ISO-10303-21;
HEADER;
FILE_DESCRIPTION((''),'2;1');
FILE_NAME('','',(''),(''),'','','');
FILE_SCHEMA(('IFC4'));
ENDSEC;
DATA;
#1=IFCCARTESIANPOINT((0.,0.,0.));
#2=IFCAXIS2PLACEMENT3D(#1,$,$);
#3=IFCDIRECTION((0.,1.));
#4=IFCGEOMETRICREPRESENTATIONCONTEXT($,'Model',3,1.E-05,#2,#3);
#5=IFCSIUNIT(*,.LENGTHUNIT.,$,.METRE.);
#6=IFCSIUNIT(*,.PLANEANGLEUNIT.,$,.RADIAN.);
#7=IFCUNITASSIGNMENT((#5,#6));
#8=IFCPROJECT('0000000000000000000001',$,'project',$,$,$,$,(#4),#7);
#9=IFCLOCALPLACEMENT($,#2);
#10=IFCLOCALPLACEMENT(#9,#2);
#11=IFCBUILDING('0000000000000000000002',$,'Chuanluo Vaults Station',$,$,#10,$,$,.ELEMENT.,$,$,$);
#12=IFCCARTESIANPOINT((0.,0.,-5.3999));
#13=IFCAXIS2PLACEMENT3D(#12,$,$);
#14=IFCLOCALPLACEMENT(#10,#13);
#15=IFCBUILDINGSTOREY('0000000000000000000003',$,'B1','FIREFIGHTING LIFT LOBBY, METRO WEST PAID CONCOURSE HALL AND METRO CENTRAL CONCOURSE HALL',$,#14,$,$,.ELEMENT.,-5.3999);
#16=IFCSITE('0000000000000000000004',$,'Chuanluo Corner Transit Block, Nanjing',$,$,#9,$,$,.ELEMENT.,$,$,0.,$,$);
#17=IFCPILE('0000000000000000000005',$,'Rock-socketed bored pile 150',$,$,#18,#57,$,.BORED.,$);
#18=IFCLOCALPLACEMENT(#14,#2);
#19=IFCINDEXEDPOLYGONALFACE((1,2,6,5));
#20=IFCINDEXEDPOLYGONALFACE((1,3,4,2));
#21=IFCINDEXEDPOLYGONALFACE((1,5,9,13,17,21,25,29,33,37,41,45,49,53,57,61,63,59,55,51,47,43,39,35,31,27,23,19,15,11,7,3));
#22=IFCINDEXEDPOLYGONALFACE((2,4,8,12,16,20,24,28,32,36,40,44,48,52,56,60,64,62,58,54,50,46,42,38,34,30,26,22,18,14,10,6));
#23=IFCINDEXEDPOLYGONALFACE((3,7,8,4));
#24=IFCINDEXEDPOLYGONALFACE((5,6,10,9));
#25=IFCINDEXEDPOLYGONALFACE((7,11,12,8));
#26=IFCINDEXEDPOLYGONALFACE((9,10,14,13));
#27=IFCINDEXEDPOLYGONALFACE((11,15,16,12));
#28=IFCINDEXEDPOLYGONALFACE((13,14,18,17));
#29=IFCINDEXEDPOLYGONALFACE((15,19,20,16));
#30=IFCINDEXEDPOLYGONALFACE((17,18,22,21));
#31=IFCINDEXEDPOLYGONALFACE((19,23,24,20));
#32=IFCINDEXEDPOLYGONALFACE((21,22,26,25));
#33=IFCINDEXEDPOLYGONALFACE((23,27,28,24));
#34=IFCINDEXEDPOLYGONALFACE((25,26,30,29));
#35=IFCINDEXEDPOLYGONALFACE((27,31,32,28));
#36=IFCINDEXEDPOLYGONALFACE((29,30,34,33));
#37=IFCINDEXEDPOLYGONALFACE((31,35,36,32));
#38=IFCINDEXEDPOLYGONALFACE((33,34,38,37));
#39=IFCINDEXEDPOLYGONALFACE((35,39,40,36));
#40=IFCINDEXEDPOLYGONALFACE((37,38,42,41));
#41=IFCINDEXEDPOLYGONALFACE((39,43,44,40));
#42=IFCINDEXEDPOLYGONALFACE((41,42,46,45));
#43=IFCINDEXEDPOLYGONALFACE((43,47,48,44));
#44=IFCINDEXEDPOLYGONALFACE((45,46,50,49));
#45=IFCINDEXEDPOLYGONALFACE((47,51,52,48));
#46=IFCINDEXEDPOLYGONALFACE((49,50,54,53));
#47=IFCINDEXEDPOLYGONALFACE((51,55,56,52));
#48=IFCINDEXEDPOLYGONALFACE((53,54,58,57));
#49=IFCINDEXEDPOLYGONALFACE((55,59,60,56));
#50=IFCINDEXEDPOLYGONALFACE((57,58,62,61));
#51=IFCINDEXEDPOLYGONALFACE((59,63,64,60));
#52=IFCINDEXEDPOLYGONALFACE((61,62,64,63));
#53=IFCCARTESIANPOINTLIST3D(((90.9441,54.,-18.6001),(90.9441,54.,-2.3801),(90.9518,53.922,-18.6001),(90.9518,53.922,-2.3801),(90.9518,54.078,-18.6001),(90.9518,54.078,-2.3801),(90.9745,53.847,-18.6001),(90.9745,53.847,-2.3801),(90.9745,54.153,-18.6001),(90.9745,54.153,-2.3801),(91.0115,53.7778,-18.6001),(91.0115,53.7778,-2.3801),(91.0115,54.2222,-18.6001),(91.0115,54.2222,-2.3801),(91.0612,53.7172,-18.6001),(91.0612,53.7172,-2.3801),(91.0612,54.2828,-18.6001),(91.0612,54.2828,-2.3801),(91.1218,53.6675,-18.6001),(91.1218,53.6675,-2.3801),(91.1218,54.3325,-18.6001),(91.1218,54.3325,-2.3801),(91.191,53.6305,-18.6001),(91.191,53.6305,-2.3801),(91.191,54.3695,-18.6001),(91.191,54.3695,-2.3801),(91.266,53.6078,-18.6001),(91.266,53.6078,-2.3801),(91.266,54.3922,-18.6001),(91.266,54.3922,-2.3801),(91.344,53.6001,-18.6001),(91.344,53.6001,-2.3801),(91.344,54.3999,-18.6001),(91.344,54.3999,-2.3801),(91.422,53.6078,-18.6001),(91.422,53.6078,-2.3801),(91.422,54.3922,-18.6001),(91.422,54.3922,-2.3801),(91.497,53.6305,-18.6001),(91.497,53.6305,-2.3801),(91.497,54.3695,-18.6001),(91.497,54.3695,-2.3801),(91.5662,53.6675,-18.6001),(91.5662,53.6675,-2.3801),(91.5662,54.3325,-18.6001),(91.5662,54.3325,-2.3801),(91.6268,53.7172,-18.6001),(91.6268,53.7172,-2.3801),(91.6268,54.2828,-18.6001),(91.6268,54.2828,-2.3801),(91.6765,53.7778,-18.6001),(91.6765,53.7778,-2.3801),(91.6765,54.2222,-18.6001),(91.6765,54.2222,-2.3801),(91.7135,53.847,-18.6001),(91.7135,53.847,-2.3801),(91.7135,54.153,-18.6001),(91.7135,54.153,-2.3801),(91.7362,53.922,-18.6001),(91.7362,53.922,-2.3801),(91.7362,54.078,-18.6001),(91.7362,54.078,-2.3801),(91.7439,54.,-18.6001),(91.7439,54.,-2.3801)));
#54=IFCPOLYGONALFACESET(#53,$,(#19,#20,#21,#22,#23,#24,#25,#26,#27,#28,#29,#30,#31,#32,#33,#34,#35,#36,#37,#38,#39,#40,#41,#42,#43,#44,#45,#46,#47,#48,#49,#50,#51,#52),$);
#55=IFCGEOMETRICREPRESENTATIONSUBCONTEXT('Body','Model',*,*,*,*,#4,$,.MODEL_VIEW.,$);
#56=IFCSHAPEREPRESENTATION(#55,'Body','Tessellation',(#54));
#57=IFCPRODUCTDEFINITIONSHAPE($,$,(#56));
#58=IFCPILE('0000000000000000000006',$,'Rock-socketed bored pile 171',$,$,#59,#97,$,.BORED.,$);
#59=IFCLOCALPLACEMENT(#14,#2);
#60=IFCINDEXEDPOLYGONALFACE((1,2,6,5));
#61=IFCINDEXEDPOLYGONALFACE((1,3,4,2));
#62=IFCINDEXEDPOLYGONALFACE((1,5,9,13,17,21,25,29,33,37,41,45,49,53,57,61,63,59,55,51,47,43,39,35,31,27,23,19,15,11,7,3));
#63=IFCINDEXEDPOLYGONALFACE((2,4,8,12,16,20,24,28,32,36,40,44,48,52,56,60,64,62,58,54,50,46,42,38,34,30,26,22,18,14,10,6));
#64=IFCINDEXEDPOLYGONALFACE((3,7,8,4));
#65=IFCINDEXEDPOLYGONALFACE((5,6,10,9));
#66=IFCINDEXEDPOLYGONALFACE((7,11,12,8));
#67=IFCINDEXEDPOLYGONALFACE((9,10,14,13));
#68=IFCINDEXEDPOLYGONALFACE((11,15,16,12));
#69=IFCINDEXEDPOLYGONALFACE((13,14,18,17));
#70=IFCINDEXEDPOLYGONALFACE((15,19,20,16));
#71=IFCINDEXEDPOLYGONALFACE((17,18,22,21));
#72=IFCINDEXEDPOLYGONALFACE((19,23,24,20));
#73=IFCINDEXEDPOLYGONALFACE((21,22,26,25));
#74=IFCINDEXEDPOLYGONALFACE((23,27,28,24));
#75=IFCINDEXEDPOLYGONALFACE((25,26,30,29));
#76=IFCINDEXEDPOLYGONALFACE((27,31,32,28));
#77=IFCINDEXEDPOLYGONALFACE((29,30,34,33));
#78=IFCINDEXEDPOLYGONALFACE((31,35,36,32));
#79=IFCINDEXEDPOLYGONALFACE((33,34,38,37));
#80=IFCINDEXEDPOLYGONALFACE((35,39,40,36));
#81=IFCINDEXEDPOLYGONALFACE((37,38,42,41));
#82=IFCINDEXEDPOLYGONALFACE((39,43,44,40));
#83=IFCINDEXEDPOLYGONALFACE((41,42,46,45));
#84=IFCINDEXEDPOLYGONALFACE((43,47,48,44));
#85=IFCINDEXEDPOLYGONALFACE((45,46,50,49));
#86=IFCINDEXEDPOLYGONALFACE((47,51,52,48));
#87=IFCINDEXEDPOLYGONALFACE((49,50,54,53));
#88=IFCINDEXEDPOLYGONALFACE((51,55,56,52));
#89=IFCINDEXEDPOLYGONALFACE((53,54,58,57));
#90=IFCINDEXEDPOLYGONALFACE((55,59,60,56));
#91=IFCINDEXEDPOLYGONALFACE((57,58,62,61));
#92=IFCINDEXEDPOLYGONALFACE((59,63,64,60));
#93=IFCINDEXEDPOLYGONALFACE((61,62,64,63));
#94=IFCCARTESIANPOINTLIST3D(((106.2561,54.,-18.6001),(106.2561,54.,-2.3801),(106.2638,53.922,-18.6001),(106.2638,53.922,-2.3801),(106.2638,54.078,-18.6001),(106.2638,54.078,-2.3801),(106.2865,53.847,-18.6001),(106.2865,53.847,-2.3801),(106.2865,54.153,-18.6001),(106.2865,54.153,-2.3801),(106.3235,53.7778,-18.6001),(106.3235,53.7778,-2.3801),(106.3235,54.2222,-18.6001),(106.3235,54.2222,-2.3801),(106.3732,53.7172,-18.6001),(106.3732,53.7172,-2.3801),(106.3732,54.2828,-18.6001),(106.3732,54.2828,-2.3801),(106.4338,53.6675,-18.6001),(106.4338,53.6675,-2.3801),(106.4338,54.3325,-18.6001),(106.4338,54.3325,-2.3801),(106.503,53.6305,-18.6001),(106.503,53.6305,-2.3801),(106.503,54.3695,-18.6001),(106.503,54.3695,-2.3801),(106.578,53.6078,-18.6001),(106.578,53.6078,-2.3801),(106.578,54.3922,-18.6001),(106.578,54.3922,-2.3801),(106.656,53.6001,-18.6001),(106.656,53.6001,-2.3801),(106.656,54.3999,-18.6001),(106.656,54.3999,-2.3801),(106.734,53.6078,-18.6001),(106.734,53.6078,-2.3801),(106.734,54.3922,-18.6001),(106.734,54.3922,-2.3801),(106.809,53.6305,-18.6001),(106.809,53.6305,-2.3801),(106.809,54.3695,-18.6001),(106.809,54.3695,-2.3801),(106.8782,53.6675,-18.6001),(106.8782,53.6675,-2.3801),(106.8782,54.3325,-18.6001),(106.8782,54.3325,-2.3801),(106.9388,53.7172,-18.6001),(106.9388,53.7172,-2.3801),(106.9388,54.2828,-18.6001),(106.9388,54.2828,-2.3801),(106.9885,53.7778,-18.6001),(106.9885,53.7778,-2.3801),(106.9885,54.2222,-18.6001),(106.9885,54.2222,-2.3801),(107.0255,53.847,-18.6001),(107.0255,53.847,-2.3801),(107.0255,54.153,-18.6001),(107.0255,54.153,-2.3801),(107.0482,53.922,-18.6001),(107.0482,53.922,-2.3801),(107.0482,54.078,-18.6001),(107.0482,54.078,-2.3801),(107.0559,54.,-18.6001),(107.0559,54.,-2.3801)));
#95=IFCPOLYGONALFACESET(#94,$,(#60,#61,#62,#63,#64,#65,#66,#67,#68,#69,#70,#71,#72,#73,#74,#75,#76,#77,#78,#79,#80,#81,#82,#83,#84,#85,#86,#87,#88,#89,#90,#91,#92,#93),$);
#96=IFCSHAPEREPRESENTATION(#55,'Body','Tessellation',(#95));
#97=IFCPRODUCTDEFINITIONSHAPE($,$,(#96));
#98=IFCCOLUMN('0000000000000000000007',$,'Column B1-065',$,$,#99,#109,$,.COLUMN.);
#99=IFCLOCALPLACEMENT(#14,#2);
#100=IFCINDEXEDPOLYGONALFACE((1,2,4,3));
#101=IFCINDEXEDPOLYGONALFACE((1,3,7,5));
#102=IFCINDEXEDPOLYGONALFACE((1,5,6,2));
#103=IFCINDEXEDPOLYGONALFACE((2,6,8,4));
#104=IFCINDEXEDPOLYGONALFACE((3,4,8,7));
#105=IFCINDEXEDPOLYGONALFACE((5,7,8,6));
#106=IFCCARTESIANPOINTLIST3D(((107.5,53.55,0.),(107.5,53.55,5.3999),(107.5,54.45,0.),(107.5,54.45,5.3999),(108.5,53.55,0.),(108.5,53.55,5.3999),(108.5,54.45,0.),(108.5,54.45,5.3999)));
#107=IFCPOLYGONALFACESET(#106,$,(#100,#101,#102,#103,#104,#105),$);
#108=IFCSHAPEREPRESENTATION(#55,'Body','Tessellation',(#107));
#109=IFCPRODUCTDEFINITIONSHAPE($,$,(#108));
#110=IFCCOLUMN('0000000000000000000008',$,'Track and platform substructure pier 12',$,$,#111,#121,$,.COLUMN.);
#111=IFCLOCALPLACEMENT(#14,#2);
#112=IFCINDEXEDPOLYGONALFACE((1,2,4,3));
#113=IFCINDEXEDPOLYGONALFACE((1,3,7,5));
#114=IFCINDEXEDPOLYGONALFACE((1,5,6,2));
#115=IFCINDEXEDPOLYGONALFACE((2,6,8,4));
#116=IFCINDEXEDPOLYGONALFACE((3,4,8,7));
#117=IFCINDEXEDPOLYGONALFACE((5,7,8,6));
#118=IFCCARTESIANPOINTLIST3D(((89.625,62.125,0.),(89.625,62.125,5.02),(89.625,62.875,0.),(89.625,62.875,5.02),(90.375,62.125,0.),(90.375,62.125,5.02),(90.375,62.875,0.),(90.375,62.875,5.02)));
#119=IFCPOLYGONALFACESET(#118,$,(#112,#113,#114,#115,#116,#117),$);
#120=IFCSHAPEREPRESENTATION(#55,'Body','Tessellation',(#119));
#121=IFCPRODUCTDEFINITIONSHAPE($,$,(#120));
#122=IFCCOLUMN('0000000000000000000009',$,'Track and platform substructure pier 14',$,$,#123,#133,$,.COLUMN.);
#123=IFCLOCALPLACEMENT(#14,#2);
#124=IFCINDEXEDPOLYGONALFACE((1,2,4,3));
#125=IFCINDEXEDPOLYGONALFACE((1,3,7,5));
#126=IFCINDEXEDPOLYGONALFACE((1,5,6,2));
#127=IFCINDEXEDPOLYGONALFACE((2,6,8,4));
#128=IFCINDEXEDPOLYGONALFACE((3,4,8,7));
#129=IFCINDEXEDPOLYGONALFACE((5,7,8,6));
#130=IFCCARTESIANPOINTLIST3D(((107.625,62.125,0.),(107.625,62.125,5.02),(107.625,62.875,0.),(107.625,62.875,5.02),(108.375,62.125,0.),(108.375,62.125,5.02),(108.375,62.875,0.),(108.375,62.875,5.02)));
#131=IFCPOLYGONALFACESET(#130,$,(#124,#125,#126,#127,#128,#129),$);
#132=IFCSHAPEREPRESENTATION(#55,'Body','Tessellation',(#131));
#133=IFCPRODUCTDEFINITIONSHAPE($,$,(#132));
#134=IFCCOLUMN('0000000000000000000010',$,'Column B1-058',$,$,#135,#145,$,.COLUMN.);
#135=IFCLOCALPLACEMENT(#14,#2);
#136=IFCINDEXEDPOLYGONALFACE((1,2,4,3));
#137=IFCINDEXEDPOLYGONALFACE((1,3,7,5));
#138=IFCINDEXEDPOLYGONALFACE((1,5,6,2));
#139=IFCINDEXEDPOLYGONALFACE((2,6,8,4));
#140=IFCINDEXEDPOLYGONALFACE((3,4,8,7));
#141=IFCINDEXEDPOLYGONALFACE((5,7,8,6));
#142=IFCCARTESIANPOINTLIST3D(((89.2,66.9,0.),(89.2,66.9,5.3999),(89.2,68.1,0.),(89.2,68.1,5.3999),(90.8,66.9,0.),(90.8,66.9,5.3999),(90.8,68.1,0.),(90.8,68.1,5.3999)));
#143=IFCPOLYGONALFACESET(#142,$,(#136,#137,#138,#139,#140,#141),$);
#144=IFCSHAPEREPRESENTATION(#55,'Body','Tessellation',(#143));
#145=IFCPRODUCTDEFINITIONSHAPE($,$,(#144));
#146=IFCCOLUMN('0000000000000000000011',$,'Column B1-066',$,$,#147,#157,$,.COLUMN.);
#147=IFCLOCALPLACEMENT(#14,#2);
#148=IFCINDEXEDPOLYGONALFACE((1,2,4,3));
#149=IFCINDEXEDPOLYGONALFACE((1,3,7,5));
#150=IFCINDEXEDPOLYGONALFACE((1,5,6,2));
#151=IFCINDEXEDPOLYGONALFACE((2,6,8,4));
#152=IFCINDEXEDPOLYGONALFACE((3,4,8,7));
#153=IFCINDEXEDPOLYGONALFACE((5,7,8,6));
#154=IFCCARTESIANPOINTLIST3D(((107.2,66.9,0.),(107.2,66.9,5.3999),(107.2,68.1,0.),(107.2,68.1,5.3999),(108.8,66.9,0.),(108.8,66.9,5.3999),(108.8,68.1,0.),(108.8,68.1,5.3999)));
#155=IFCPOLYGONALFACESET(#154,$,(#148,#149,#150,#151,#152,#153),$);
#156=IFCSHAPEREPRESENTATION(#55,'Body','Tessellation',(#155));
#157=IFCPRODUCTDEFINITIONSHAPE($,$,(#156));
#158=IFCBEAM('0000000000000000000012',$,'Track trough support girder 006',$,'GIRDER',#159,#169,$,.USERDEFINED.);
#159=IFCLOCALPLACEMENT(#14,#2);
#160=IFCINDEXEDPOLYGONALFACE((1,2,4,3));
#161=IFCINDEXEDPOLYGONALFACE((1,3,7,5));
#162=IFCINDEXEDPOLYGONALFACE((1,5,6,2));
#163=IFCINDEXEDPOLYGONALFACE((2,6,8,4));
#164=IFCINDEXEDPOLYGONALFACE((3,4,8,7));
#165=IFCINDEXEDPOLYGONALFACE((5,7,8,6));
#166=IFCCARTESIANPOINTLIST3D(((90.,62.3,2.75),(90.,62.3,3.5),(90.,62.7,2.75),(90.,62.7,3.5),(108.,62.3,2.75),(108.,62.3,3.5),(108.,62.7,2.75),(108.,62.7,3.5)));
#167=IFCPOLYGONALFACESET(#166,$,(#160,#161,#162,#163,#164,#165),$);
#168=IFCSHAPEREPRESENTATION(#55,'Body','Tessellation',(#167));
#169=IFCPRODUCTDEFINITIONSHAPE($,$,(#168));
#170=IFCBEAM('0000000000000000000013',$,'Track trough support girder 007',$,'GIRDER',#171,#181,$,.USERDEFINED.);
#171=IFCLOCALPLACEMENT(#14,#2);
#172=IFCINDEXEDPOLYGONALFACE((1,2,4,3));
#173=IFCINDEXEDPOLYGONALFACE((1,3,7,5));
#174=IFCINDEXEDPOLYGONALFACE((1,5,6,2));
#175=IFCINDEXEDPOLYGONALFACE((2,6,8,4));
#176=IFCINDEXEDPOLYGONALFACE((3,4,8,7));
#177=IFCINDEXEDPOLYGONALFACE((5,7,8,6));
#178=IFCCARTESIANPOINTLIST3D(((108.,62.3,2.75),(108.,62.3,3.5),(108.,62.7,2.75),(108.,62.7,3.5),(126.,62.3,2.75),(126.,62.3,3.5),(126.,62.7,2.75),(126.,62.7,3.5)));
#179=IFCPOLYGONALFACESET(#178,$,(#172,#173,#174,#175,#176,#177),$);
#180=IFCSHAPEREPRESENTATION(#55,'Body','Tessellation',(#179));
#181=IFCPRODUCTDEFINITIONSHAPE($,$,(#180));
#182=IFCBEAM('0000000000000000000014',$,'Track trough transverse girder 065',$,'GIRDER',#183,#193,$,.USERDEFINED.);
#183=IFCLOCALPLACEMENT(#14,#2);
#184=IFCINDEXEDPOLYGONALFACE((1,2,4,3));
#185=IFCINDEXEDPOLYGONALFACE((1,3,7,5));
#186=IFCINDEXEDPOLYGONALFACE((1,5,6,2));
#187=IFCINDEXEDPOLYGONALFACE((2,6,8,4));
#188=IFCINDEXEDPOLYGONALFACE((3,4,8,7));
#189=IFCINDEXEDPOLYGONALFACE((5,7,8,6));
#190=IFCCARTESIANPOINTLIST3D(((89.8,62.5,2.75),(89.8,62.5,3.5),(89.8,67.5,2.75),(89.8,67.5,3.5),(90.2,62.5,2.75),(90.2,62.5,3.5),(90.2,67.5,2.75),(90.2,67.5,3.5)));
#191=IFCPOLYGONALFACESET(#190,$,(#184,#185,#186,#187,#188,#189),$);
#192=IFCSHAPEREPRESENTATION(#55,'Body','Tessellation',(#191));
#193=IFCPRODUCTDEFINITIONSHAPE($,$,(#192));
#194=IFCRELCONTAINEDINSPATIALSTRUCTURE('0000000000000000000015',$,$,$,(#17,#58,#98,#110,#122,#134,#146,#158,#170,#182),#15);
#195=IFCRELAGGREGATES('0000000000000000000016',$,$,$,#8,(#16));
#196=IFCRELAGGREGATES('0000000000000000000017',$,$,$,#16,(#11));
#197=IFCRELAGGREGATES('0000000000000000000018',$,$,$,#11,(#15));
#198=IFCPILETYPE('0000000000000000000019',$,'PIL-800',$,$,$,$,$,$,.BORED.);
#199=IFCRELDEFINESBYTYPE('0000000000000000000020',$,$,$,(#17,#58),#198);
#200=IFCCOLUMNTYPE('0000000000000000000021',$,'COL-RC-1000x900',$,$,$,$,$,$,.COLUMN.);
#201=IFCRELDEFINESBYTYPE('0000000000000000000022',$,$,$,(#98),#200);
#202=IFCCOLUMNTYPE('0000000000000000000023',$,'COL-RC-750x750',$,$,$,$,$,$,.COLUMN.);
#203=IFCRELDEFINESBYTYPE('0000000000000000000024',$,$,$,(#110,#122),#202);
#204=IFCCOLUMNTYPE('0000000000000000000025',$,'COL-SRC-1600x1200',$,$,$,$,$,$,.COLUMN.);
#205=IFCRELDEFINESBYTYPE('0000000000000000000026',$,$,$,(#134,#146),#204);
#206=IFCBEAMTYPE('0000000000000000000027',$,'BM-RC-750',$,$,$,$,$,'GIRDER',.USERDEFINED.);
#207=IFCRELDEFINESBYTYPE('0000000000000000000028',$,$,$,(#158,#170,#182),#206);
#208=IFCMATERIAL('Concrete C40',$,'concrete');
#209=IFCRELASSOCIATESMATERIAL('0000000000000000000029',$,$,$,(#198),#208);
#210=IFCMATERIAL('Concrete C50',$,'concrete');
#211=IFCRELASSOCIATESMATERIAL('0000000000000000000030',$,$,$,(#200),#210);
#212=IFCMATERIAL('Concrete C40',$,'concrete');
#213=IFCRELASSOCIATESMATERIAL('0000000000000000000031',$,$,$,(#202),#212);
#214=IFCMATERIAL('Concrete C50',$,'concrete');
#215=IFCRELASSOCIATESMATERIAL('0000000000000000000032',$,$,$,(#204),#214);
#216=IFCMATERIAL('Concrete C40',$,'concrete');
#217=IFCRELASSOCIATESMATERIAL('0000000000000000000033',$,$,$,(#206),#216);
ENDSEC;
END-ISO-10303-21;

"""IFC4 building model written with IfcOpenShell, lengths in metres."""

from ifc_helpers import new_model, si_unit, direction, frame, origin, origin_2d, place, context, subcontext, project, spatial, rectangle, circle, extrude, material, material_profile, profile_set, type_object, element, save


model = new_model("IFC4")

# Units and contexts
model_context = context("Model", 3, precision=1e-05, world=origin(), true_north=direction((0.0, 1.0)))
body_context = subcontext(model_context, "Body", "Model", "MODEL_VIEW")
ifc_project = project(units=[si_unit("LENGTHUNIT", "METRE"), si_unit("PLANEANGLEUNIT", "RADIAN")], contexts=[model_context])

# Site, building, storey
site_placement = place(None, origin())
site = spatial("IfcSite", under=ifc_project, at=site_placement, Name="Chuanluo Corner Transit Block, Nanjing", CompositionType="ELEMENT", RefElevation=0.0)
building_placement = place(site_placement, origin())
building = spatial("IfcBuilding", under=site, at=building_placement, Name="Chuanluo Vaults Station", CompositionType="ELEMENT")
storey_placement = place(building_placement, frame((0.0, 0.0, -5.3999)))
storey = spatial("IfcBuildingStorey", under=building, at=storey_placement, Name="B1", Description="FIREFIGHTING LIFT LOBBY, METRO WEST PAID CONCOURSE HALL AND METRO CENTRAL CONCOURSE HALL", CompositionType="ELEMENT", Elevation=-5.3999)

# Piles
ifc_material_1 = material(Name="Concrete C40", Category="concrete")
ifc_material_profile_1 = material_profile(ifc_material_1, circle(Radius=0.3999, at=origin_2d()))
ifc_profile_set_1 = profile_set([ifc_material_profile_1], Name="Concrete C40")
pile_type_1 = type_object("IfcPileType", Name="PIL-800", PredefinedType="BORED", material=ifc_profile_set_1)
for number, where, z_axis, x_axis, name in (
    (1, (91.344, 54.0, -2.3801), (0.0, 0.0, -1.0), (1.0, 0.0, 0.0), "Rock-socketed bored pile 150"),
    (2, (106.656, 54.0, -2.3801), (0.0, 0.0, -1.0), (1.0, 0.0, 0.0), "Rock-socketed bored pile 171"),
):
    element("IfcPile", number, at=place(storey_placement, frame(where, z_axis=z_axis, x_axis=x_axis)), inside=storey, type_object=pile_type_1, Name=name, PredefinedType="BORED", context=body_context, shape_type="SweptSolid", body=[
        extrude(circle(Radius=0.3999, at=origin_2d()), origin(), (0.0, 0.0, 1.0), 16.22),
    ])

# Columns
ifc_material_2 = material(Name="Concrete C50", Category="concrete")
ifc_material_profile_2 = material_profile(ifc_material_2, rectangle(XDim=1.0, YDim=0.8999, at=origin_2d()))
ifc_profile_set_2 = profile_set([ifc_material_profile_2], Name="Concrete C50")
column_type_1 = type_object("IfcColumnType", Name="COL-RC-1000x900", PredefinedType="COLUMN", material=ifc_profile_set_2)
column_placement = place(storey_placement, frame((108.0, 54.0, 0.0), z_axis=(0.0, 0.0, 1.0), x_axis=(1.0, 0.0, 0.0)))
element("IfcColumn", 3, at=column_placement, inside=storey, type_object=column_type_1, Name="Column B1-065", PredefinedType="COLUMN", context=body_context, shape_type="SweptSolid", body=[
    extrude(rectangle(XDim=1.0, YDim=0.8999, at=origin_2d()), origin(), (0.0, 0.0, 1.0), 5.3999),
])
ifc_material_3 = material(Name="Concrete C40", Category="concrete")
ifc_material_profile_3 = material_profile(ifc_material_3, rectangle(XDim=0.75, YDim=0.75, at=origin_2d()))
ifc_profile_set_3 = profile_set([ifc_material_profile_3], Name="Concrete C40")
column_type_2 = type_object("IfcColumnType", Name="COL-RC-750x750", PredefinedType="COLUMN", material=ifc_profile_set_3)
for number, where, z_axis, x_axis, name in (
    (4, (90.0, 62.5, 0.0), (0.0, 0.0, 1.0), (1.0, 0.0, 0.0), "Track and platform substructure pier 12"),
    (5, (108.0, 62.5, 0.0), (0.0, 0.0, 1.0), (1.0, 0.0, 0.0), "Track and platform substructure pier 14"),
):
    element("IfcColumn", number, at=place(storey_placement, frame(where, z_axis=z_axis, x_axis=x_axis)), inside=storey, type_object=column_type_2, Name=name, PredefinedType="COLUMN", context=body_context, shape_type="SweptSolid", body=[
        extrude(rectangle(XDim=0.75, YDim=0.75, at=origin_2d()), origin(), (0.0, 0.0, 1.0), 5.02),
    ])
ifc_material_4 = material(Name="Concrete C50", Category="concrete")
ifc_material_profile_4 = material_profile(ifc_material_4, rectangle(XDim=1.6001, YDim=1.2, at=origin_2d()))
ifc_profile_set_4 = profile_set([ifc_material_profile_4], Name="Concrete C50")
column_type_3 = type_object("IfcColumnType", Name="COL-SRC-1600x1200", PredefinedType="COLUMN", material=ifc_profile_set_4)
for number, where, z_axis, x_axis, name in (
    (6, (90.0, 67.5, 0.0), (0.0, 0.0, 1.0), (1.0, 0.0, 0.0), "Column B1-058"),
    (7, (108.0, 67.5, 0.0), (0.0, 0.0, 1.0), (1.0, 0.0, 0.0), "Column B1-066"),
):
    element("IfcColumn", number, at=place(storey_placement, frame(where, z_axis=z_axis, x_axis=x_axis)), inside=storey, type_object=column_type_3, Name=name, PredefinedType="COLUMN", context=body_context, shape_type="SweptSolid", body=[
        extrude(rectangle(XDim=1.6001, YDim=1.2, at=origin_2d()), origin(), (0.0, 0.0, 1.0), 5.3999),
    ])

# Beams
ifc_material_5 = material(Name="Concrete C40", Category="concrete")
ifc_material_profile_5 = material_profile(ifc_material_5, rectangle(XDim=0.3999, YDim=0.75, at=origin_2d()))
ifc_profile_set_5 = profile_set([ifc_material_profile_5], Name="Concrete C40")
beam_type = type_object("IfcBeamType", Name="BM-RC-750", ElementType="GIRDER", PredefinedType="USERDEFINED", material=ifc_profile_set_5)
for number, where, z_axis, x_axis, name in (
    (8, (90.0, 62.5, 3.125), (1.0, 0.0, 0.0), (0.0, 1.0, 0.0), "Track trough support girder 006"),
    (9, (108.0, 62.5, 3.125), (1.0, 0.0, 0.0), (0.0, 1.0, 0.0), "Track trough support girder 007"),
):
    element("IfcBeam", number, at=place(storey_placement, frame(where, z_axis=z_axis, x_axis=x_axis)), inside=storey, type_object=beam_type, Name=name, ObjectType="GIRDER", PredefinedType="USERDEFINED", context=body_context, shape_type="SweptSolid", body=[
        extrude(rectangle(XDim=0.3999, YDim=0.75, at=origin_2d()), origin(), (0.0, 0.0, 1.0), 18.0),
    ])
beam_1_placement = place(storey_placement, frame((90.0, 62.5, 3.125), z_axis=(0.0, 1.0, 0.0), x_axis=(-1.0, 0.0, 0.0)))
element("IfcBeam", 10, at=beam_1_placement, inside=storey, type_object=beam_type, Name="Track trough transverse girder 065", ObjectType="GIRDER", PredefinedType="USERDEFINED", context=body_context, shape_type="SweptSolid", body=[
    extrude(rectangle(XDim=0.3999, YDim=0.75, at=origin_2d()), origin(), (0.0, 0.0, 1.0), 5.0),
])

save(model, "model.ifc")
